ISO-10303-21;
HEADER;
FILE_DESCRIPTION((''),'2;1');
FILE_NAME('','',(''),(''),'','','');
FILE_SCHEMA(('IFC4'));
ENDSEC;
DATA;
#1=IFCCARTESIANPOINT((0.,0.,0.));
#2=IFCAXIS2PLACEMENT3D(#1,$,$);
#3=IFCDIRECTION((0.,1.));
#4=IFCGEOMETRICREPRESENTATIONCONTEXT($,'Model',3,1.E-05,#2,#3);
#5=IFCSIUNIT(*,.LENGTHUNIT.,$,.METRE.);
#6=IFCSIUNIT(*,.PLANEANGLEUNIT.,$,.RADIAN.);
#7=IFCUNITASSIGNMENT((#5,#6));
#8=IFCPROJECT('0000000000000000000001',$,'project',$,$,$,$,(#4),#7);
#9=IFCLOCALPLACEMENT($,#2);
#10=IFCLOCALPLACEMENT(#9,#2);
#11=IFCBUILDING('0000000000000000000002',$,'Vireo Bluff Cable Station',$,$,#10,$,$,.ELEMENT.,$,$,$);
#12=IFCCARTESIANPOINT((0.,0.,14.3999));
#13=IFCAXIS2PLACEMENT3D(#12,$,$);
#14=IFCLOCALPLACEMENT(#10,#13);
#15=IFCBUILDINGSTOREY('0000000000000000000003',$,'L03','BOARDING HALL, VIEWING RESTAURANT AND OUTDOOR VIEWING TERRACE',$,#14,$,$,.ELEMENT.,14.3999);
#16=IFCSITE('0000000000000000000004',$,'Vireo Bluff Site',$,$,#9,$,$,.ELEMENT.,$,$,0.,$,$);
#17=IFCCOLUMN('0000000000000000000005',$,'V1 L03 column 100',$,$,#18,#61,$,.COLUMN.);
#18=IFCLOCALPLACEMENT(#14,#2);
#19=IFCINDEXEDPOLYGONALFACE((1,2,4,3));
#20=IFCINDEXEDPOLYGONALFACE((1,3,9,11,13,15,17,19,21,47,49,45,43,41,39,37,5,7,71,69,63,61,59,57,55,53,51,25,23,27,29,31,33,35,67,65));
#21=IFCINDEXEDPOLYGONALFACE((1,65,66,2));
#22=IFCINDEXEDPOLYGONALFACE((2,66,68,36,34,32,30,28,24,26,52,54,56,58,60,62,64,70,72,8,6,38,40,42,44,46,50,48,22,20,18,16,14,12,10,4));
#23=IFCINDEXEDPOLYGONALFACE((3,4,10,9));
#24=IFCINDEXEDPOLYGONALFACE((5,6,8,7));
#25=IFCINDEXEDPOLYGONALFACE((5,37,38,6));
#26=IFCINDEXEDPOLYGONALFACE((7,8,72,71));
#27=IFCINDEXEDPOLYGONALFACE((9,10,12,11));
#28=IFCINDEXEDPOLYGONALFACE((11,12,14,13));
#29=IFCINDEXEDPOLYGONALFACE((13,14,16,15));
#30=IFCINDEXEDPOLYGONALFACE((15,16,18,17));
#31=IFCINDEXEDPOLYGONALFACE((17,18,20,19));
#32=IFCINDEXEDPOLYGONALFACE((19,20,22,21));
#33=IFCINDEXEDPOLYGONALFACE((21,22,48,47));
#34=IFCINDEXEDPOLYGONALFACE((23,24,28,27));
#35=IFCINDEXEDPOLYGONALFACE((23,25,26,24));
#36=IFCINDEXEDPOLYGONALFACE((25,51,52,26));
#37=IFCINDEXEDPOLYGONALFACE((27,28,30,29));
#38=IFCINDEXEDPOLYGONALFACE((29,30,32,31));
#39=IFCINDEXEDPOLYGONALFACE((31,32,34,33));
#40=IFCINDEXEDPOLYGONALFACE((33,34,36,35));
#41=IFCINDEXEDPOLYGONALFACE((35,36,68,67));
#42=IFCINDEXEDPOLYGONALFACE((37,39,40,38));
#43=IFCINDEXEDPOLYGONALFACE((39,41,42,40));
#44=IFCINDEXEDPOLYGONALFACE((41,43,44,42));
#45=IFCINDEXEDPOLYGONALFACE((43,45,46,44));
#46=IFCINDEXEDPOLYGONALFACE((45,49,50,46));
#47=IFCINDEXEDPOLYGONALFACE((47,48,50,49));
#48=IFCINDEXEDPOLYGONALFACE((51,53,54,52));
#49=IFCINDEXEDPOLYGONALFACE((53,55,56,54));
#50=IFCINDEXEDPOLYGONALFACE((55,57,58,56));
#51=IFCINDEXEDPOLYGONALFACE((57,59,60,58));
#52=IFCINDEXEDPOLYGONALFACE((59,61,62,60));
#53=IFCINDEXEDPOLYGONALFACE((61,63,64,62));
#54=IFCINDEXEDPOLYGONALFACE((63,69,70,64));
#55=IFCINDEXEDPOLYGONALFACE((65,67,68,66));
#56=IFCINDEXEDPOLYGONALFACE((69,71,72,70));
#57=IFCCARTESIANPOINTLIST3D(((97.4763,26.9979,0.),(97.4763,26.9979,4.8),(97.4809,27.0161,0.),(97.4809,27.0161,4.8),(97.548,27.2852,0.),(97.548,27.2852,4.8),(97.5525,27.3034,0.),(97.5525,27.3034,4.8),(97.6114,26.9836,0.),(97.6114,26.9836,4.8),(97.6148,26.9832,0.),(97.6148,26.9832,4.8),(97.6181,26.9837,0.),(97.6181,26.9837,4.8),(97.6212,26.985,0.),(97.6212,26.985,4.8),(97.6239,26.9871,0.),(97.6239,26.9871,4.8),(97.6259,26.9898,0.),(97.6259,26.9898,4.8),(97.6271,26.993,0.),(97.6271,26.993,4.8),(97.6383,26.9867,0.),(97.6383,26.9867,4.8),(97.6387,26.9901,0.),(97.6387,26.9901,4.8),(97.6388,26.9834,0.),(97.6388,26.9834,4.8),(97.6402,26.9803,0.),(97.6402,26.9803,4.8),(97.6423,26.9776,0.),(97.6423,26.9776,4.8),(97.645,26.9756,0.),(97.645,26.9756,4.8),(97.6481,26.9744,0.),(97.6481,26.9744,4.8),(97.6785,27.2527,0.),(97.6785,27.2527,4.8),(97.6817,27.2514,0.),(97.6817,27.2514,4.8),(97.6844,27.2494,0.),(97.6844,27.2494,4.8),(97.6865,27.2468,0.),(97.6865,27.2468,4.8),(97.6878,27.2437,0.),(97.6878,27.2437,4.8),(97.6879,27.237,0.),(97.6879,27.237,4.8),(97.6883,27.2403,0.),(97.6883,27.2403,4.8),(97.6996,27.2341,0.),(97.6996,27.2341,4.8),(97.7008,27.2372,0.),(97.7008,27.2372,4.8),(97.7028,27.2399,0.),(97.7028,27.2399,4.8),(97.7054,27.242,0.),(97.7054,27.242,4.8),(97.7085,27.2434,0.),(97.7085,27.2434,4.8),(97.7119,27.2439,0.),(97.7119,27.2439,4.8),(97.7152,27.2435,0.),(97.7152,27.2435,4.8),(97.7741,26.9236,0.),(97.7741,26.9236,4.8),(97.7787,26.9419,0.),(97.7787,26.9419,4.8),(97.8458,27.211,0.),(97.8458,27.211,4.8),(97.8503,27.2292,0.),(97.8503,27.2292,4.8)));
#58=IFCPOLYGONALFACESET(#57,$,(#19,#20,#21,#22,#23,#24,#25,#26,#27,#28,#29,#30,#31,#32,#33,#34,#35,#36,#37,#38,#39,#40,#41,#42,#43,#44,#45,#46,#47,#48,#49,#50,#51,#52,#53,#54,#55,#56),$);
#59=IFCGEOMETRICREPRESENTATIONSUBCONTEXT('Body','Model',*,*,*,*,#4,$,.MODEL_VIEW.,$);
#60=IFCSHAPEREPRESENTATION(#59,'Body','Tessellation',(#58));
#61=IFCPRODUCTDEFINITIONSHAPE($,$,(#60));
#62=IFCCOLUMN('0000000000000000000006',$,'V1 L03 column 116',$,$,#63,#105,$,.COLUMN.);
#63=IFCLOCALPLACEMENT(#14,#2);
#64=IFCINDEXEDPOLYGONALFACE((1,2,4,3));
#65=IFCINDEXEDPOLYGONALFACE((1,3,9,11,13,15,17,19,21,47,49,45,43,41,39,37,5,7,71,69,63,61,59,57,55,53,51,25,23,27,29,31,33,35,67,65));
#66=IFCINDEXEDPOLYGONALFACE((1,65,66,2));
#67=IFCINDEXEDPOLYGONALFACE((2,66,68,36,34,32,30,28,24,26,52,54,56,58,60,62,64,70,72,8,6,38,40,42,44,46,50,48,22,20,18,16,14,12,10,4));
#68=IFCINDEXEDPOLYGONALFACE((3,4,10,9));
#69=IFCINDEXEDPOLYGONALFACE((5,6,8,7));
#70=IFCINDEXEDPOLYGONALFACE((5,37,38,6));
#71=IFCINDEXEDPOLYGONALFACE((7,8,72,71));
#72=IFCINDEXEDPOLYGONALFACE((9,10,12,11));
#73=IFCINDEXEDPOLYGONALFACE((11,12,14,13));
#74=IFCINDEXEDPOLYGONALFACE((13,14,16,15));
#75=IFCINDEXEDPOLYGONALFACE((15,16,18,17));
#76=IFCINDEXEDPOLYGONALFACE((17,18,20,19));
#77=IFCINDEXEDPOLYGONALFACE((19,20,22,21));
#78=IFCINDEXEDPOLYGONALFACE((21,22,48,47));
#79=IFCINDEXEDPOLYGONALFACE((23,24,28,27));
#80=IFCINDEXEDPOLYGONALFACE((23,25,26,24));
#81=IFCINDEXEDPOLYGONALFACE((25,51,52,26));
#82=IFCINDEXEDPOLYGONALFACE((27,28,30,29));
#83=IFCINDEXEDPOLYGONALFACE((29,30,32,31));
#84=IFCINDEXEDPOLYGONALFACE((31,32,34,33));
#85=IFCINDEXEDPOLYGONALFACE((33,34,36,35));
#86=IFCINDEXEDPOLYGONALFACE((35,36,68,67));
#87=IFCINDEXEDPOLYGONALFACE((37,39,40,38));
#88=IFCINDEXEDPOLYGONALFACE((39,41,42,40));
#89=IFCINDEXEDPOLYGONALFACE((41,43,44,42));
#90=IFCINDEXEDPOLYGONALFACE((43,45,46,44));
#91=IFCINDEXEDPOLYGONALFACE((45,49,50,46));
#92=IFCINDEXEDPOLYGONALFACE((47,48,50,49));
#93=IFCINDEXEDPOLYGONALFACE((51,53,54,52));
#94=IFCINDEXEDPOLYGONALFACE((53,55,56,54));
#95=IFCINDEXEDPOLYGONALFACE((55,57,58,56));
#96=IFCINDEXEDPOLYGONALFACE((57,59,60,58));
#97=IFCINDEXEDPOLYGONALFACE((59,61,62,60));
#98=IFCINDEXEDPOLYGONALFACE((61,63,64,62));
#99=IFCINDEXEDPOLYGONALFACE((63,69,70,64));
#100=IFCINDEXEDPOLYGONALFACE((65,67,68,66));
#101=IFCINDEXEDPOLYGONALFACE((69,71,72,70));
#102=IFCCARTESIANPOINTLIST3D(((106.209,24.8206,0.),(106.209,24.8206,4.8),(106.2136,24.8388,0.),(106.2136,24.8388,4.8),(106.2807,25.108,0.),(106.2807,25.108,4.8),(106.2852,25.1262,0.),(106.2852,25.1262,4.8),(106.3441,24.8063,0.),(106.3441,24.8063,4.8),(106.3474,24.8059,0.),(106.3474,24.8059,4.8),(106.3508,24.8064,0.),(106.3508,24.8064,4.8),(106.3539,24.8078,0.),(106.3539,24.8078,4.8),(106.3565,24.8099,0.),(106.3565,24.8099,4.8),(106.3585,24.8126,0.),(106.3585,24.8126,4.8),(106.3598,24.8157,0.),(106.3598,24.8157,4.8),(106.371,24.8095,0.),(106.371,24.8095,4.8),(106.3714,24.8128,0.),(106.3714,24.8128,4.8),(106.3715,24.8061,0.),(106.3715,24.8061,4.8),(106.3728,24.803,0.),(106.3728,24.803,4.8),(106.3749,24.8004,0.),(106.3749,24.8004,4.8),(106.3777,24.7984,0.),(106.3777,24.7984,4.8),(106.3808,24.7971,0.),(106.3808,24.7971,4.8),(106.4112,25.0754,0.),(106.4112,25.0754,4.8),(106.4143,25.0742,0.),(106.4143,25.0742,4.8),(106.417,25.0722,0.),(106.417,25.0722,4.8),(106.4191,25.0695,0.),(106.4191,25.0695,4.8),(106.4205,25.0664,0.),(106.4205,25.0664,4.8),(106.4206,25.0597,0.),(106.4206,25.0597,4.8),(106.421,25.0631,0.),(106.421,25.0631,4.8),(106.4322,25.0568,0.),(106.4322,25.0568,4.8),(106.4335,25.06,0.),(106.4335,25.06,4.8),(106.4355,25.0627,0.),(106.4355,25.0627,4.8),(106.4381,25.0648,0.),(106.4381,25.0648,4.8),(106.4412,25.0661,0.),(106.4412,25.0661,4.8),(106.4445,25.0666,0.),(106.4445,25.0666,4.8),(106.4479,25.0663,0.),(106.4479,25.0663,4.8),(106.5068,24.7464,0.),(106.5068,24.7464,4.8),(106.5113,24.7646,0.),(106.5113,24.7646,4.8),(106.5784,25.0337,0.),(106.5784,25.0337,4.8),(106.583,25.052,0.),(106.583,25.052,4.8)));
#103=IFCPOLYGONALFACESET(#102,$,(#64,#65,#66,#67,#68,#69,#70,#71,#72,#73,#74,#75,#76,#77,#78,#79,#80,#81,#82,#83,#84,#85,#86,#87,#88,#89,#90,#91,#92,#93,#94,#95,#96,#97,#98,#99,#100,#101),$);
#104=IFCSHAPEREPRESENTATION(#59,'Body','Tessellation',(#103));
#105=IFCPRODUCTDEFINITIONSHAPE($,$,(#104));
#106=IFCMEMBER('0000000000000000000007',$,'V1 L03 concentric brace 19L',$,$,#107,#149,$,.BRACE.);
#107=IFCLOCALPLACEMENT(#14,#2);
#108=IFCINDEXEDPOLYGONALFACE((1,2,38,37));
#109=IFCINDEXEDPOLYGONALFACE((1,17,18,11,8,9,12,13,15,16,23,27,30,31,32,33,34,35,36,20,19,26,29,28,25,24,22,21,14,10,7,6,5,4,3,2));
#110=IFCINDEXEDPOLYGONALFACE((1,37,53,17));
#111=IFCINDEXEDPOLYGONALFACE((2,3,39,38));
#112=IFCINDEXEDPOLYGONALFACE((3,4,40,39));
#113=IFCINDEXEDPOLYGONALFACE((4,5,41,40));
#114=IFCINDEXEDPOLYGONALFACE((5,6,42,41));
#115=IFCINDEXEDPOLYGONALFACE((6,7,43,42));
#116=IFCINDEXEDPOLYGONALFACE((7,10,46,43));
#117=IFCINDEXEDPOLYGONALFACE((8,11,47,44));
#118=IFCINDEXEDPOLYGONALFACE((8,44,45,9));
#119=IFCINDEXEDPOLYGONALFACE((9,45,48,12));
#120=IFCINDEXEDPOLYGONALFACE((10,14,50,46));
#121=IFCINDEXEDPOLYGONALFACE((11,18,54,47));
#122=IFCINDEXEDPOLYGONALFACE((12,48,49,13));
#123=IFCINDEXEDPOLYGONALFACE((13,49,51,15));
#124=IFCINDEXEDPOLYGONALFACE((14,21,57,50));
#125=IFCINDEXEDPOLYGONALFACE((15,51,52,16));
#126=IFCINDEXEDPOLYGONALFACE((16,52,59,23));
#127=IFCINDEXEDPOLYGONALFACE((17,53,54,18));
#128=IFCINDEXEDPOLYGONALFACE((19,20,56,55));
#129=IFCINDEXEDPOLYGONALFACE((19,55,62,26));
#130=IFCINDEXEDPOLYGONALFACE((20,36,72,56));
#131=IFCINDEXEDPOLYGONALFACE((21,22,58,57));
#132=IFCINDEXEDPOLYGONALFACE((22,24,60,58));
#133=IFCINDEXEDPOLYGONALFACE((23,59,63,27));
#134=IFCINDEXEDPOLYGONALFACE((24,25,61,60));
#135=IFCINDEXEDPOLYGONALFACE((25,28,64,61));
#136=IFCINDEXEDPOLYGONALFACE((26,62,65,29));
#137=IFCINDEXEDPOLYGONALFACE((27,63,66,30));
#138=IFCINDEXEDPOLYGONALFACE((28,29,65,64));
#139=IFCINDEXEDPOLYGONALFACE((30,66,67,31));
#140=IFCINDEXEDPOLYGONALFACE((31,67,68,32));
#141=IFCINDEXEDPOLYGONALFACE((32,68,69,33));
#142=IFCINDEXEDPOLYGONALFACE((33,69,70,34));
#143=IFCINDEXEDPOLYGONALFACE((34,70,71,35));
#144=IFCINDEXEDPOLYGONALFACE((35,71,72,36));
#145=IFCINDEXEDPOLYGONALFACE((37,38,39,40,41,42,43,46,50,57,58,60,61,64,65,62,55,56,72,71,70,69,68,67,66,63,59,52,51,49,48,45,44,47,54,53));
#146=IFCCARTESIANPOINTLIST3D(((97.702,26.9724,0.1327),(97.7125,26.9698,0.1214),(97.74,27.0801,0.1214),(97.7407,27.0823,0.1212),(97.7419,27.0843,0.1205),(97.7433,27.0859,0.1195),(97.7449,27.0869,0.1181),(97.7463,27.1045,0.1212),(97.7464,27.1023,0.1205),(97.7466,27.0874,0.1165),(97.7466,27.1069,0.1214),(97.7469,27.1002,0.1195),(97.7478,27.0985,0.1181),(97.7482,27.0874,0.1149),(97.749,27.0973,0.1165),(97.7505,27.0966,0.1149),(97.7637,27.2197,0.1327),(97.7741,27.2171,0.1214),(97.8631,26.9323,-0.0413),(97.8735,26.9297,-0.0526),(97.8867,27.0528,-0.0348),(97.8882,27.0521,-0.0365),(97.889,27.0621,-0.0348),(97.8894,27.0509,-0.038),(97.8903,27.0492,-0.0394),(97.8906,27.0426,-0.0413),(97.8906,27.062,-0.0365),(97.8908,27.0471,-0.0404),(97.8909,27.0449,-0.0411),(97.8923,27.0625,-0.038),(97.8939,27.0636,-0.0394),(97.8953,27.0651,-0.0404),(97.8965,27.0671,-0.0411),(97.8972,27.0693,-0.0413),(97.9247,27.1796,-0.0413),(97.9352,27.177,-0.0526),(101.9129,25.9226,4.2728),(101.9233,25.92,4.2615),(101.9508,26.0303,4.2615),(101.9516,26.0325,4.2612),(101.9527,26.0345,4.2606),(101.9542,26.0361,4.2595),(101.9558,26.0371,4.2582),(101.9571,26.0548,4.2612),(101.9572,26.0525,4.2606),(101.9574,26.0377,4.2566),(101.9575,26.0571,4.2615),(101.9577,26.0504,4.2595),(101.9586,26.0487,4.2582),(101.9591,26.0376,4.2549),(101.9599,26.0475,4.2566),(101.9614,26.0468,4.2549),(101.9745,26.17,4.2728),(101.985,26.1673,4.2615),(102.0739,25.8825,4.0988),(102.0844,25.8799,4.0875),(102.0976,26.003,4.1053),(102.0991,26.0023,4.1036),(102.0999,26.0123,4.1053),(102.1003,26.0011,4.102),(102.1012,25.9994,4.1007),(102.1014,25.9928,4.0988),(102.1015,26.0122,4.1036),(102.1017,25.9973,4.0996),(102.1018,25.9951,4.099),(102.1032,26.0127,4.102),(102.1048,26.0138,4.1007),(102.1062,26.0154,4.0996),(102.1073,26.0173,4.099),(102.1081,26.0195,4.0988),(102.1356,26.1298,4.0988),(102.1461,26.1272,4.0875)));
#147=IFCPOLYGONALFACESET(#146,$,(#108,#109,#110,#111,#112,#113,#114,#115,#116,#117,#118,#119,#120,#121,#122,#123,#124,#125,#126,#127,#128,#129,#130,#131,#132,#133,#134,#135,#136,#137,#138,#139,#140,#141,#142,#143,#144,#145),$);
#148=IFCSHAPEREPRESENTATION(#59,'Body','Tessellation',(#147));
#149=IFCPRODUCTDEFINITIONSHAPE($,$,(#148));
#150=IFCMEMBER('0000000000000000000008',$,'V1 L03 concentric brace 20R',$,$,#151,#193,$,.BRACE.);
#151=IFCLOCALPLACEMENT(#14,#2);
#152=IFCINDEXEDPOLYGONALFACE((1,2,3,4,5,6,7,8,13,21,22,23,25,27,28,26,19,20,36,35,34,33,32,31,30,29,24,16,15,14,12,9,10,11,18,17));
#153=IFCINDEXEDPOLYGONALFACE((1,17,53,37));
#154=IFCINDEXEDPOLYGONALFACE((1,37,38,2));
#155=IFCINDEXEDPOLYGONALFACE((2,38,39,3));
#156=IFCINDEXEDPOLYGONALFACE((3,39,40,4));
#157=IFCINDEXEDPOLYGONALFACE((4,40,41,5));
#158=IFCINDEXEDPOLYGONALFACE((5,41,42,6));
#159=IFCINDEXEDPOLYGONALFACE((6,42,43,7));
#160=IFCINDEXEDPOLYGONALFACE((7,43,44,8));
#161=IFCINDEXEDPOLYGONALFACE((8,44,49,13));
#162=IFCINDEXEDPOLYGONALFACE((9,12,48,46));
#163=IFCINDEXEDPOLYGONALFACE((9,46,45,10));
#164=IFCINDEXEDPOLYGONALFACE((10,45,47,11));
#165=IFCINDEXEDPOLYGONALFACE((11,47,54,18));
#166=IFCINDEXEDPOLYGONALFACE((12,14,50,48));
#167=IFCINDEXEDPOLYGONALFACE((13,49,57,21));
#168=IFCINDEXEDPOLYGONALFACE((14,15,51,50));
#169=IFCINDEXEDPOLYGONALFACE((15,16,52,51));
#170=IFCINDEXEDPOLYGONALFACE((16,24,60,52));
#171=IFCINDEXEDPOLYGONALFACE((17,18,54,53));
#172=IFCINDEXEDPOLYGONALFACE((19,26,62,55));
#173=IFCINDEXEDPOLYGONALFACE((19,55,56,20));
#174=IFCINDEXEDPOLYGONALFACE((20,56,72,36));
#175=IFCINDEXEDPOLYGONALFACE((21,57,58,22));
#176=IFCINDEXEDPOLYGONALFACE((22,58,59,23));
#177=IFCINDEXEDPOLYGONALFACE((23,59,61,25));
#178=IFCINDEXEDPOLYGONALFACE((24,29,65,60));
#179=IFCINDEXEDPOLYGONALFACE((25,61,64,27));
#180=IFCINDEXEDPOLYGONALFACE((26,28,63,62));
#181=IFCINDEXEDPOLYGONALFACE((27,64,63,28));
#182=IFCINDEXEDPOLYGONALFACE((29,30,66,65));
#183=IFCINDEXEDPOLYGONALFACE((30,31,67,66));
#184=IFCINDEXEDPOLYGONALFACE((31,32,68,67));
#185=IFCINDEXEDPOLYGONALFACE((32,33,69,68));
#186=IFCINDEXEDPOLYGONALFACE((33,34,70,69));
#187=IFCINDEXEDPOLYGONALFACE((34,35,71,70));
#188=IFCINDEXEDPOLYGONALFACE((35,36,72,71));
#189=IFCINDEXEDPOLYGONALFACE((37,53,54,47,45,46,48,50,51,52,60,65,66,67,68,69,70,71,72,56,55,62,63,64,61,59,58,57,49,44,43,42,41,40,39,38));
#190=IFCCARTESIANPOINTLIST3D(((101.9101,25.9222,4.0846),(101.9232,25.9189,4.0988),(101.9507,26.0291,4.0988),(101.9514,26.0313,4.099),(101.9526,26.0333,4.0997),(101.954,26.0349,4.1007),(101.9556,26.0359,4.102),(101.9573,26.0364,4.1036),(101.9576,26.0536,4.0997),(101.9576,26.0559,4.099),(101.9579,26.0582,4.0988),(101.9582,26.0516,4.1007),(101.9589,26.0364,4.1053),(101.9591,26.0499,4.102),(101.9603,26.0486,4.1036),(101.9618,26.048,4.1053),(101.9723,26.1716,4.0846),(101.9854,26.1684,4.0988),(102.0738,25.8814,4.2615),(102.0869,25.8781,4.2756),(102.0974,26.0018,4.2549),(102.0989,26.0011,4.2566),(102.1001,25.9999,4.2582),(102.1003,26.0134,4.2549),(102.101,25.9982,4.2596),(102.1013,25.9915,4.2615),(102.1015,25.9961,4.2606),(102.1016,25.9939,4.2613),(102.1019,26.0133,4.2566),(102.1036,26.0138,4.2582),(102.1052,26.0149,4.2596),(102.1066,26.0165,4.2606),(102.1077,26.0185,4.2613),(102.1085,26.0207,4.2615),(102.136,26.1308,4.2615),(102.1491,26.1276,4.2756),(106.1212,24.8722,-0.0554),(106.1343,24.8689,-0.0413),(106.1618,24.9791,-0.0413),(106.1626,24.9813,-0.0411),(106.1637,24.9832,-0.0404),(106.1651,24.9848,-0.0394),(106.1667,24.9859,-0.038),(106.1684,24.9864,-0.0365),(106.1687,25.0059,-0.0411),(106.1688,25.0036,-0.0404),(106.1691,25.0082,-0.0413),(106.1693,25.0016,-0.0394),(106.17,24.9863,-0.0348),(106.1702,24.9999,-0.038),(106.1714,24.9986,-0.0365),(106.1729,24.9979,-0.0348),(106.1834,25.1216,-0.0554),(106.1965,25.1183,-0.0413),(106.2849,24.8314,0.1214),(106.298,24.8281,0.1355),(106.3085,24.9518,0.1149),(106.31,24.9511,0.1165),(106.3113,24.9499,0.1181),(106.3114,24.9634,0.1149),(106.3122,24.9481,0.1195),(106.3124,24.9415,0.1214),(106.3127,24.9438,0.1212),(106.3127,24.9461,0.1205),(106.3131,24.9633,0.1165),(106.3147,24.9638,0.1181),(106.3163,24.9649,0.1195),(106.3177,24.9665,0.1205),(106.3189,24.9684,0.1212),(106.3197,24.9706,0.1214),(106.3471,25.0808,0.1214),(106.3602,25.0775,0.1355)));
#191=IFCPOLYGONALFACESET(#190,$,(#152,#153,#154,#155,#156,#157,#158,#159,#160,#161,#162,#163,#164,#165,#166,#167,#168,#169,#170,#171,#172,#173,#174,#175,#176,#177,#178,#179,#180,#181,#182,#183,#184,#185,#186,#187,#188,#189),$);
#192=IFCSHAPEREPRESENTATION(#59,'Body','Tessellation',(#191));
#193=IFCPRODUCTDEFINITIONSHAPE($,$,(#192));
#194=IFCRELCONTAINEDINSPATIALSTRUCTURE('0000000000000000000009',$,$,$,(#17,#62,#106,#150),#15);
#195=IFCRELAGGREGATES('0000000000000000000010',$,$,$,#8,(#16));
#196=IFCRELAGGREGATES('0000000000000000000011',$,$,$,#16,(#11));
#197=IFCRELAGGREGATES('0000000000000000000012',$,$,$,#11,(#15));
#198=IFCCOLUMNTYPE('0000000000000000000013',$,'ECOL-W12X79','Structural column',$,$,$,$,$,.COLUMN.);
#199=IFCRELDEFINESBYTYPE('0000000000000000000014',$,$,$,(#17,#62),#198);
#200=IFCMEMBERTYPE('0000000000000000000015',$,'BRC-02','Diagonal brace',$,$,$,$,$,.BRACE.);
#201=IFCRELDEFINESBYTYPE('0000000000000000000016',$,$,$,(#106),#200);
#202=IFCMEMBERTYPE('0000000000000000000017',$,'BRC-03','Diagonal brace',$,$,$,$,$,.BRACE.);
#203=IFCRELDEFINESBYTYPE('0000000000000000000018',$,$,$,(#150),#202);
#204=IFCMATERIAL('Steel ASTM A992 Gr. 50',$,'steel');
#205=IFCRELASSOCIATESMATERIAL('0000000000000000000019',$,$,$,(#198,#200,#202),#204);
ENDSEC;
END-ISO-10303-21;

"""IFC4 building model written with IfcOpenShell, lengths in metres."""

from ifc_helpers import new_model, si_unit, direction, frame, origin, origin_2d, place, context, subcontext, project, spatial, i_section, extrude, material, material_profile, profile_set, type_object, element, save


model = new_model("IFC4")

# Units and contexts
model_context = context("Model", 3, precision=1e-05, world=origin(), true_north=direction((0.0, 1.0)))
body_context = subcontext(model_context, "Body", "Model", "MODEL_VIEW")
ifc_project = project(units=[si_unit("LENGTHUNIT", "METRE"), si_unit("PLANEANGLEUNIT", "RADIAN")], contexts=[model_context])

# Site, building, storey
site_placement = place(None, origin())
site = spatial("IfcSite", under=ifc_project, at=site_placement, Name="Vireo Bluff Site", CompositionType="ELEMENT", RefElevation=0.0)
building_placement = place(site_placement, origin())
building = spatial("IfcBuilding", under=site, at=building_placement, Name="Vireo Bluff Cable Station", CompositionType="ELEMENT")
storey_placement = place(building_placement, frame((0.0, 0.0, 14.3999)))
storey = spatial("IfcBuildingStorey", under=building, at=storey_placement, Name="L03", Description="BOARDING HALL, VIEWING RESTAURANT AND OUTDOOR VIEWING TERRACE", CompositionType="ELEMENT", Elevation=14.3999)

# Columns
ifc_material_1 = material(Name="Steel ASTM A992 Gr. 50", Category="steel")
ifc_material_profile_1 = material_profile(ifc_material_1, i_section(OverallWidth=0.3069, OverallDepth=0.3149, WebThickness=0.012, FlangeThickness=0.0188, FilletRadius=0.0129, at=origin_2d()), Name="W12X79")
ifc_profile_set_1 = profile_set([ifc_material_profile_1], Name="Steel ASTM A992 Gr. 50")
column_type = type_object("IfcColumnType", Name="ECOL-W12X79", Description="Structural column", PredefinedType="COLUMN", material=ifc_profile_set_1)
for number, where, z_axis, x_axis, name in (
    (1, (97.6633, 27.1135, 0.0), (0.0, 0.0, 1.0), (0.970296, -0.241922, 0.0), "V1 L03 column 100"),
    (2, (106.396, 24.9363, 0.0), (0.0, 0.0, 1.0), (0.970296, -0.241922, 0.0), "V1 L03 column 116"),
):
    element("IfcColumn", number, at=place(storey_placement, frame(where, z_axis=z_axis, x_axis=x_axis)), inside=storey, type_object=column_type, Name=name, PredefinedType="COLUMN", context=body_context, shape_type="SweptSolid", body=[
        extrude(i_section(OverallWidth=0.3069, OverallDepth=0.3149, WebThickness=0.012, FlangeThickness=0.0188, FilletRadius=0.0129, at=origin_2d()), origin(), (0.0, 0.0, 1.0), 4.8),
    ])

# Members
ifc_material_profile_2 = material_profile(ifc_material_1, i_section(OverallWidth=0.2549, OverallDepth=0.2561, WebThickness=0.0095, FlangeThickness=0.0156, FilletRadius=0.009, at=origin_2d()), Name="W10X54")
ifc_profile_set_2 = profile_set([ifc_material_profile_2], Name="Steel ASTM A992 Gr. 50")
member_type_1 = type_object("IfcMemberType", Name="BRC-02", Description="Diagonal brace", PredefinedType="BRACE", material=ifc_profile_set_2)
member_1_placement = place(storey_placement, frame((97.8186, 27.0747, 0.04), z_axis=(0.702069, -0.175029, 0.690264), x_axis=(0.2419, 0.970301, 0.0)))
element("IfcMember", 3, at=member_1_placement, inside=storey, type_object=member_type_1, Name="V1 L03 concentric brace 19L", PredefinedType="BRACE", context=body_context, shape_type="SweptSolid", body=[
    extrude(i_section(OverallWidth=0.2549, OverallDepth=0.2561, WebThickness=0.0095, FlangeThickness=0.0156, FilletRadius=0.009, at=origin_2d()), origin(), (0.0, 0.0, 1.0), 5.9978),
])
ifc_material_profile_3 = material_profile(ifc_material_1, i_section(OverallWidth=0.2571, OverallDepth=0.2639, WebThickness=0.012, FlangeThickness=0.0195, FilletRadius=0.009, at=origin_2d()), Name="W10X68")
ifc_profile_set_3 = profile_set([ifc_material_profile_3], Name="Steel ASTM A992 Gr. 50")
member_type_2 = type_object("IfcMemberType", Name="BRC-03", Description="Diagonal brace", PredefinedType="BRACE", material=ifc_profile_set_3)
member_2_placement = place(storey_placement, frame((106.2407, 24.9749, 0.04), z_axis=(-0.702084, 0.175063, 0.69024), x_axis=(-0.24194, -0.970291, 0.0)))
element("IfcMember", 4, at=member_2_placement, inside=storey, type_object=member_type_2, Name="V1 L03 concentric brace 20R", PredefinedType="BRACE", context=body_context, shape_type="SweptSolid", body=[
    extrude(i_section(OverallWidth=0.2571, OverallDepth=0.2639, WebThickness=0.012, FlangeThickness=0.0195, FilletRadius=0.009, at=origin_2d()), origin(), (0.0, 0.0, 1.0), 5.998),
])

save(model, "model.ifc")
